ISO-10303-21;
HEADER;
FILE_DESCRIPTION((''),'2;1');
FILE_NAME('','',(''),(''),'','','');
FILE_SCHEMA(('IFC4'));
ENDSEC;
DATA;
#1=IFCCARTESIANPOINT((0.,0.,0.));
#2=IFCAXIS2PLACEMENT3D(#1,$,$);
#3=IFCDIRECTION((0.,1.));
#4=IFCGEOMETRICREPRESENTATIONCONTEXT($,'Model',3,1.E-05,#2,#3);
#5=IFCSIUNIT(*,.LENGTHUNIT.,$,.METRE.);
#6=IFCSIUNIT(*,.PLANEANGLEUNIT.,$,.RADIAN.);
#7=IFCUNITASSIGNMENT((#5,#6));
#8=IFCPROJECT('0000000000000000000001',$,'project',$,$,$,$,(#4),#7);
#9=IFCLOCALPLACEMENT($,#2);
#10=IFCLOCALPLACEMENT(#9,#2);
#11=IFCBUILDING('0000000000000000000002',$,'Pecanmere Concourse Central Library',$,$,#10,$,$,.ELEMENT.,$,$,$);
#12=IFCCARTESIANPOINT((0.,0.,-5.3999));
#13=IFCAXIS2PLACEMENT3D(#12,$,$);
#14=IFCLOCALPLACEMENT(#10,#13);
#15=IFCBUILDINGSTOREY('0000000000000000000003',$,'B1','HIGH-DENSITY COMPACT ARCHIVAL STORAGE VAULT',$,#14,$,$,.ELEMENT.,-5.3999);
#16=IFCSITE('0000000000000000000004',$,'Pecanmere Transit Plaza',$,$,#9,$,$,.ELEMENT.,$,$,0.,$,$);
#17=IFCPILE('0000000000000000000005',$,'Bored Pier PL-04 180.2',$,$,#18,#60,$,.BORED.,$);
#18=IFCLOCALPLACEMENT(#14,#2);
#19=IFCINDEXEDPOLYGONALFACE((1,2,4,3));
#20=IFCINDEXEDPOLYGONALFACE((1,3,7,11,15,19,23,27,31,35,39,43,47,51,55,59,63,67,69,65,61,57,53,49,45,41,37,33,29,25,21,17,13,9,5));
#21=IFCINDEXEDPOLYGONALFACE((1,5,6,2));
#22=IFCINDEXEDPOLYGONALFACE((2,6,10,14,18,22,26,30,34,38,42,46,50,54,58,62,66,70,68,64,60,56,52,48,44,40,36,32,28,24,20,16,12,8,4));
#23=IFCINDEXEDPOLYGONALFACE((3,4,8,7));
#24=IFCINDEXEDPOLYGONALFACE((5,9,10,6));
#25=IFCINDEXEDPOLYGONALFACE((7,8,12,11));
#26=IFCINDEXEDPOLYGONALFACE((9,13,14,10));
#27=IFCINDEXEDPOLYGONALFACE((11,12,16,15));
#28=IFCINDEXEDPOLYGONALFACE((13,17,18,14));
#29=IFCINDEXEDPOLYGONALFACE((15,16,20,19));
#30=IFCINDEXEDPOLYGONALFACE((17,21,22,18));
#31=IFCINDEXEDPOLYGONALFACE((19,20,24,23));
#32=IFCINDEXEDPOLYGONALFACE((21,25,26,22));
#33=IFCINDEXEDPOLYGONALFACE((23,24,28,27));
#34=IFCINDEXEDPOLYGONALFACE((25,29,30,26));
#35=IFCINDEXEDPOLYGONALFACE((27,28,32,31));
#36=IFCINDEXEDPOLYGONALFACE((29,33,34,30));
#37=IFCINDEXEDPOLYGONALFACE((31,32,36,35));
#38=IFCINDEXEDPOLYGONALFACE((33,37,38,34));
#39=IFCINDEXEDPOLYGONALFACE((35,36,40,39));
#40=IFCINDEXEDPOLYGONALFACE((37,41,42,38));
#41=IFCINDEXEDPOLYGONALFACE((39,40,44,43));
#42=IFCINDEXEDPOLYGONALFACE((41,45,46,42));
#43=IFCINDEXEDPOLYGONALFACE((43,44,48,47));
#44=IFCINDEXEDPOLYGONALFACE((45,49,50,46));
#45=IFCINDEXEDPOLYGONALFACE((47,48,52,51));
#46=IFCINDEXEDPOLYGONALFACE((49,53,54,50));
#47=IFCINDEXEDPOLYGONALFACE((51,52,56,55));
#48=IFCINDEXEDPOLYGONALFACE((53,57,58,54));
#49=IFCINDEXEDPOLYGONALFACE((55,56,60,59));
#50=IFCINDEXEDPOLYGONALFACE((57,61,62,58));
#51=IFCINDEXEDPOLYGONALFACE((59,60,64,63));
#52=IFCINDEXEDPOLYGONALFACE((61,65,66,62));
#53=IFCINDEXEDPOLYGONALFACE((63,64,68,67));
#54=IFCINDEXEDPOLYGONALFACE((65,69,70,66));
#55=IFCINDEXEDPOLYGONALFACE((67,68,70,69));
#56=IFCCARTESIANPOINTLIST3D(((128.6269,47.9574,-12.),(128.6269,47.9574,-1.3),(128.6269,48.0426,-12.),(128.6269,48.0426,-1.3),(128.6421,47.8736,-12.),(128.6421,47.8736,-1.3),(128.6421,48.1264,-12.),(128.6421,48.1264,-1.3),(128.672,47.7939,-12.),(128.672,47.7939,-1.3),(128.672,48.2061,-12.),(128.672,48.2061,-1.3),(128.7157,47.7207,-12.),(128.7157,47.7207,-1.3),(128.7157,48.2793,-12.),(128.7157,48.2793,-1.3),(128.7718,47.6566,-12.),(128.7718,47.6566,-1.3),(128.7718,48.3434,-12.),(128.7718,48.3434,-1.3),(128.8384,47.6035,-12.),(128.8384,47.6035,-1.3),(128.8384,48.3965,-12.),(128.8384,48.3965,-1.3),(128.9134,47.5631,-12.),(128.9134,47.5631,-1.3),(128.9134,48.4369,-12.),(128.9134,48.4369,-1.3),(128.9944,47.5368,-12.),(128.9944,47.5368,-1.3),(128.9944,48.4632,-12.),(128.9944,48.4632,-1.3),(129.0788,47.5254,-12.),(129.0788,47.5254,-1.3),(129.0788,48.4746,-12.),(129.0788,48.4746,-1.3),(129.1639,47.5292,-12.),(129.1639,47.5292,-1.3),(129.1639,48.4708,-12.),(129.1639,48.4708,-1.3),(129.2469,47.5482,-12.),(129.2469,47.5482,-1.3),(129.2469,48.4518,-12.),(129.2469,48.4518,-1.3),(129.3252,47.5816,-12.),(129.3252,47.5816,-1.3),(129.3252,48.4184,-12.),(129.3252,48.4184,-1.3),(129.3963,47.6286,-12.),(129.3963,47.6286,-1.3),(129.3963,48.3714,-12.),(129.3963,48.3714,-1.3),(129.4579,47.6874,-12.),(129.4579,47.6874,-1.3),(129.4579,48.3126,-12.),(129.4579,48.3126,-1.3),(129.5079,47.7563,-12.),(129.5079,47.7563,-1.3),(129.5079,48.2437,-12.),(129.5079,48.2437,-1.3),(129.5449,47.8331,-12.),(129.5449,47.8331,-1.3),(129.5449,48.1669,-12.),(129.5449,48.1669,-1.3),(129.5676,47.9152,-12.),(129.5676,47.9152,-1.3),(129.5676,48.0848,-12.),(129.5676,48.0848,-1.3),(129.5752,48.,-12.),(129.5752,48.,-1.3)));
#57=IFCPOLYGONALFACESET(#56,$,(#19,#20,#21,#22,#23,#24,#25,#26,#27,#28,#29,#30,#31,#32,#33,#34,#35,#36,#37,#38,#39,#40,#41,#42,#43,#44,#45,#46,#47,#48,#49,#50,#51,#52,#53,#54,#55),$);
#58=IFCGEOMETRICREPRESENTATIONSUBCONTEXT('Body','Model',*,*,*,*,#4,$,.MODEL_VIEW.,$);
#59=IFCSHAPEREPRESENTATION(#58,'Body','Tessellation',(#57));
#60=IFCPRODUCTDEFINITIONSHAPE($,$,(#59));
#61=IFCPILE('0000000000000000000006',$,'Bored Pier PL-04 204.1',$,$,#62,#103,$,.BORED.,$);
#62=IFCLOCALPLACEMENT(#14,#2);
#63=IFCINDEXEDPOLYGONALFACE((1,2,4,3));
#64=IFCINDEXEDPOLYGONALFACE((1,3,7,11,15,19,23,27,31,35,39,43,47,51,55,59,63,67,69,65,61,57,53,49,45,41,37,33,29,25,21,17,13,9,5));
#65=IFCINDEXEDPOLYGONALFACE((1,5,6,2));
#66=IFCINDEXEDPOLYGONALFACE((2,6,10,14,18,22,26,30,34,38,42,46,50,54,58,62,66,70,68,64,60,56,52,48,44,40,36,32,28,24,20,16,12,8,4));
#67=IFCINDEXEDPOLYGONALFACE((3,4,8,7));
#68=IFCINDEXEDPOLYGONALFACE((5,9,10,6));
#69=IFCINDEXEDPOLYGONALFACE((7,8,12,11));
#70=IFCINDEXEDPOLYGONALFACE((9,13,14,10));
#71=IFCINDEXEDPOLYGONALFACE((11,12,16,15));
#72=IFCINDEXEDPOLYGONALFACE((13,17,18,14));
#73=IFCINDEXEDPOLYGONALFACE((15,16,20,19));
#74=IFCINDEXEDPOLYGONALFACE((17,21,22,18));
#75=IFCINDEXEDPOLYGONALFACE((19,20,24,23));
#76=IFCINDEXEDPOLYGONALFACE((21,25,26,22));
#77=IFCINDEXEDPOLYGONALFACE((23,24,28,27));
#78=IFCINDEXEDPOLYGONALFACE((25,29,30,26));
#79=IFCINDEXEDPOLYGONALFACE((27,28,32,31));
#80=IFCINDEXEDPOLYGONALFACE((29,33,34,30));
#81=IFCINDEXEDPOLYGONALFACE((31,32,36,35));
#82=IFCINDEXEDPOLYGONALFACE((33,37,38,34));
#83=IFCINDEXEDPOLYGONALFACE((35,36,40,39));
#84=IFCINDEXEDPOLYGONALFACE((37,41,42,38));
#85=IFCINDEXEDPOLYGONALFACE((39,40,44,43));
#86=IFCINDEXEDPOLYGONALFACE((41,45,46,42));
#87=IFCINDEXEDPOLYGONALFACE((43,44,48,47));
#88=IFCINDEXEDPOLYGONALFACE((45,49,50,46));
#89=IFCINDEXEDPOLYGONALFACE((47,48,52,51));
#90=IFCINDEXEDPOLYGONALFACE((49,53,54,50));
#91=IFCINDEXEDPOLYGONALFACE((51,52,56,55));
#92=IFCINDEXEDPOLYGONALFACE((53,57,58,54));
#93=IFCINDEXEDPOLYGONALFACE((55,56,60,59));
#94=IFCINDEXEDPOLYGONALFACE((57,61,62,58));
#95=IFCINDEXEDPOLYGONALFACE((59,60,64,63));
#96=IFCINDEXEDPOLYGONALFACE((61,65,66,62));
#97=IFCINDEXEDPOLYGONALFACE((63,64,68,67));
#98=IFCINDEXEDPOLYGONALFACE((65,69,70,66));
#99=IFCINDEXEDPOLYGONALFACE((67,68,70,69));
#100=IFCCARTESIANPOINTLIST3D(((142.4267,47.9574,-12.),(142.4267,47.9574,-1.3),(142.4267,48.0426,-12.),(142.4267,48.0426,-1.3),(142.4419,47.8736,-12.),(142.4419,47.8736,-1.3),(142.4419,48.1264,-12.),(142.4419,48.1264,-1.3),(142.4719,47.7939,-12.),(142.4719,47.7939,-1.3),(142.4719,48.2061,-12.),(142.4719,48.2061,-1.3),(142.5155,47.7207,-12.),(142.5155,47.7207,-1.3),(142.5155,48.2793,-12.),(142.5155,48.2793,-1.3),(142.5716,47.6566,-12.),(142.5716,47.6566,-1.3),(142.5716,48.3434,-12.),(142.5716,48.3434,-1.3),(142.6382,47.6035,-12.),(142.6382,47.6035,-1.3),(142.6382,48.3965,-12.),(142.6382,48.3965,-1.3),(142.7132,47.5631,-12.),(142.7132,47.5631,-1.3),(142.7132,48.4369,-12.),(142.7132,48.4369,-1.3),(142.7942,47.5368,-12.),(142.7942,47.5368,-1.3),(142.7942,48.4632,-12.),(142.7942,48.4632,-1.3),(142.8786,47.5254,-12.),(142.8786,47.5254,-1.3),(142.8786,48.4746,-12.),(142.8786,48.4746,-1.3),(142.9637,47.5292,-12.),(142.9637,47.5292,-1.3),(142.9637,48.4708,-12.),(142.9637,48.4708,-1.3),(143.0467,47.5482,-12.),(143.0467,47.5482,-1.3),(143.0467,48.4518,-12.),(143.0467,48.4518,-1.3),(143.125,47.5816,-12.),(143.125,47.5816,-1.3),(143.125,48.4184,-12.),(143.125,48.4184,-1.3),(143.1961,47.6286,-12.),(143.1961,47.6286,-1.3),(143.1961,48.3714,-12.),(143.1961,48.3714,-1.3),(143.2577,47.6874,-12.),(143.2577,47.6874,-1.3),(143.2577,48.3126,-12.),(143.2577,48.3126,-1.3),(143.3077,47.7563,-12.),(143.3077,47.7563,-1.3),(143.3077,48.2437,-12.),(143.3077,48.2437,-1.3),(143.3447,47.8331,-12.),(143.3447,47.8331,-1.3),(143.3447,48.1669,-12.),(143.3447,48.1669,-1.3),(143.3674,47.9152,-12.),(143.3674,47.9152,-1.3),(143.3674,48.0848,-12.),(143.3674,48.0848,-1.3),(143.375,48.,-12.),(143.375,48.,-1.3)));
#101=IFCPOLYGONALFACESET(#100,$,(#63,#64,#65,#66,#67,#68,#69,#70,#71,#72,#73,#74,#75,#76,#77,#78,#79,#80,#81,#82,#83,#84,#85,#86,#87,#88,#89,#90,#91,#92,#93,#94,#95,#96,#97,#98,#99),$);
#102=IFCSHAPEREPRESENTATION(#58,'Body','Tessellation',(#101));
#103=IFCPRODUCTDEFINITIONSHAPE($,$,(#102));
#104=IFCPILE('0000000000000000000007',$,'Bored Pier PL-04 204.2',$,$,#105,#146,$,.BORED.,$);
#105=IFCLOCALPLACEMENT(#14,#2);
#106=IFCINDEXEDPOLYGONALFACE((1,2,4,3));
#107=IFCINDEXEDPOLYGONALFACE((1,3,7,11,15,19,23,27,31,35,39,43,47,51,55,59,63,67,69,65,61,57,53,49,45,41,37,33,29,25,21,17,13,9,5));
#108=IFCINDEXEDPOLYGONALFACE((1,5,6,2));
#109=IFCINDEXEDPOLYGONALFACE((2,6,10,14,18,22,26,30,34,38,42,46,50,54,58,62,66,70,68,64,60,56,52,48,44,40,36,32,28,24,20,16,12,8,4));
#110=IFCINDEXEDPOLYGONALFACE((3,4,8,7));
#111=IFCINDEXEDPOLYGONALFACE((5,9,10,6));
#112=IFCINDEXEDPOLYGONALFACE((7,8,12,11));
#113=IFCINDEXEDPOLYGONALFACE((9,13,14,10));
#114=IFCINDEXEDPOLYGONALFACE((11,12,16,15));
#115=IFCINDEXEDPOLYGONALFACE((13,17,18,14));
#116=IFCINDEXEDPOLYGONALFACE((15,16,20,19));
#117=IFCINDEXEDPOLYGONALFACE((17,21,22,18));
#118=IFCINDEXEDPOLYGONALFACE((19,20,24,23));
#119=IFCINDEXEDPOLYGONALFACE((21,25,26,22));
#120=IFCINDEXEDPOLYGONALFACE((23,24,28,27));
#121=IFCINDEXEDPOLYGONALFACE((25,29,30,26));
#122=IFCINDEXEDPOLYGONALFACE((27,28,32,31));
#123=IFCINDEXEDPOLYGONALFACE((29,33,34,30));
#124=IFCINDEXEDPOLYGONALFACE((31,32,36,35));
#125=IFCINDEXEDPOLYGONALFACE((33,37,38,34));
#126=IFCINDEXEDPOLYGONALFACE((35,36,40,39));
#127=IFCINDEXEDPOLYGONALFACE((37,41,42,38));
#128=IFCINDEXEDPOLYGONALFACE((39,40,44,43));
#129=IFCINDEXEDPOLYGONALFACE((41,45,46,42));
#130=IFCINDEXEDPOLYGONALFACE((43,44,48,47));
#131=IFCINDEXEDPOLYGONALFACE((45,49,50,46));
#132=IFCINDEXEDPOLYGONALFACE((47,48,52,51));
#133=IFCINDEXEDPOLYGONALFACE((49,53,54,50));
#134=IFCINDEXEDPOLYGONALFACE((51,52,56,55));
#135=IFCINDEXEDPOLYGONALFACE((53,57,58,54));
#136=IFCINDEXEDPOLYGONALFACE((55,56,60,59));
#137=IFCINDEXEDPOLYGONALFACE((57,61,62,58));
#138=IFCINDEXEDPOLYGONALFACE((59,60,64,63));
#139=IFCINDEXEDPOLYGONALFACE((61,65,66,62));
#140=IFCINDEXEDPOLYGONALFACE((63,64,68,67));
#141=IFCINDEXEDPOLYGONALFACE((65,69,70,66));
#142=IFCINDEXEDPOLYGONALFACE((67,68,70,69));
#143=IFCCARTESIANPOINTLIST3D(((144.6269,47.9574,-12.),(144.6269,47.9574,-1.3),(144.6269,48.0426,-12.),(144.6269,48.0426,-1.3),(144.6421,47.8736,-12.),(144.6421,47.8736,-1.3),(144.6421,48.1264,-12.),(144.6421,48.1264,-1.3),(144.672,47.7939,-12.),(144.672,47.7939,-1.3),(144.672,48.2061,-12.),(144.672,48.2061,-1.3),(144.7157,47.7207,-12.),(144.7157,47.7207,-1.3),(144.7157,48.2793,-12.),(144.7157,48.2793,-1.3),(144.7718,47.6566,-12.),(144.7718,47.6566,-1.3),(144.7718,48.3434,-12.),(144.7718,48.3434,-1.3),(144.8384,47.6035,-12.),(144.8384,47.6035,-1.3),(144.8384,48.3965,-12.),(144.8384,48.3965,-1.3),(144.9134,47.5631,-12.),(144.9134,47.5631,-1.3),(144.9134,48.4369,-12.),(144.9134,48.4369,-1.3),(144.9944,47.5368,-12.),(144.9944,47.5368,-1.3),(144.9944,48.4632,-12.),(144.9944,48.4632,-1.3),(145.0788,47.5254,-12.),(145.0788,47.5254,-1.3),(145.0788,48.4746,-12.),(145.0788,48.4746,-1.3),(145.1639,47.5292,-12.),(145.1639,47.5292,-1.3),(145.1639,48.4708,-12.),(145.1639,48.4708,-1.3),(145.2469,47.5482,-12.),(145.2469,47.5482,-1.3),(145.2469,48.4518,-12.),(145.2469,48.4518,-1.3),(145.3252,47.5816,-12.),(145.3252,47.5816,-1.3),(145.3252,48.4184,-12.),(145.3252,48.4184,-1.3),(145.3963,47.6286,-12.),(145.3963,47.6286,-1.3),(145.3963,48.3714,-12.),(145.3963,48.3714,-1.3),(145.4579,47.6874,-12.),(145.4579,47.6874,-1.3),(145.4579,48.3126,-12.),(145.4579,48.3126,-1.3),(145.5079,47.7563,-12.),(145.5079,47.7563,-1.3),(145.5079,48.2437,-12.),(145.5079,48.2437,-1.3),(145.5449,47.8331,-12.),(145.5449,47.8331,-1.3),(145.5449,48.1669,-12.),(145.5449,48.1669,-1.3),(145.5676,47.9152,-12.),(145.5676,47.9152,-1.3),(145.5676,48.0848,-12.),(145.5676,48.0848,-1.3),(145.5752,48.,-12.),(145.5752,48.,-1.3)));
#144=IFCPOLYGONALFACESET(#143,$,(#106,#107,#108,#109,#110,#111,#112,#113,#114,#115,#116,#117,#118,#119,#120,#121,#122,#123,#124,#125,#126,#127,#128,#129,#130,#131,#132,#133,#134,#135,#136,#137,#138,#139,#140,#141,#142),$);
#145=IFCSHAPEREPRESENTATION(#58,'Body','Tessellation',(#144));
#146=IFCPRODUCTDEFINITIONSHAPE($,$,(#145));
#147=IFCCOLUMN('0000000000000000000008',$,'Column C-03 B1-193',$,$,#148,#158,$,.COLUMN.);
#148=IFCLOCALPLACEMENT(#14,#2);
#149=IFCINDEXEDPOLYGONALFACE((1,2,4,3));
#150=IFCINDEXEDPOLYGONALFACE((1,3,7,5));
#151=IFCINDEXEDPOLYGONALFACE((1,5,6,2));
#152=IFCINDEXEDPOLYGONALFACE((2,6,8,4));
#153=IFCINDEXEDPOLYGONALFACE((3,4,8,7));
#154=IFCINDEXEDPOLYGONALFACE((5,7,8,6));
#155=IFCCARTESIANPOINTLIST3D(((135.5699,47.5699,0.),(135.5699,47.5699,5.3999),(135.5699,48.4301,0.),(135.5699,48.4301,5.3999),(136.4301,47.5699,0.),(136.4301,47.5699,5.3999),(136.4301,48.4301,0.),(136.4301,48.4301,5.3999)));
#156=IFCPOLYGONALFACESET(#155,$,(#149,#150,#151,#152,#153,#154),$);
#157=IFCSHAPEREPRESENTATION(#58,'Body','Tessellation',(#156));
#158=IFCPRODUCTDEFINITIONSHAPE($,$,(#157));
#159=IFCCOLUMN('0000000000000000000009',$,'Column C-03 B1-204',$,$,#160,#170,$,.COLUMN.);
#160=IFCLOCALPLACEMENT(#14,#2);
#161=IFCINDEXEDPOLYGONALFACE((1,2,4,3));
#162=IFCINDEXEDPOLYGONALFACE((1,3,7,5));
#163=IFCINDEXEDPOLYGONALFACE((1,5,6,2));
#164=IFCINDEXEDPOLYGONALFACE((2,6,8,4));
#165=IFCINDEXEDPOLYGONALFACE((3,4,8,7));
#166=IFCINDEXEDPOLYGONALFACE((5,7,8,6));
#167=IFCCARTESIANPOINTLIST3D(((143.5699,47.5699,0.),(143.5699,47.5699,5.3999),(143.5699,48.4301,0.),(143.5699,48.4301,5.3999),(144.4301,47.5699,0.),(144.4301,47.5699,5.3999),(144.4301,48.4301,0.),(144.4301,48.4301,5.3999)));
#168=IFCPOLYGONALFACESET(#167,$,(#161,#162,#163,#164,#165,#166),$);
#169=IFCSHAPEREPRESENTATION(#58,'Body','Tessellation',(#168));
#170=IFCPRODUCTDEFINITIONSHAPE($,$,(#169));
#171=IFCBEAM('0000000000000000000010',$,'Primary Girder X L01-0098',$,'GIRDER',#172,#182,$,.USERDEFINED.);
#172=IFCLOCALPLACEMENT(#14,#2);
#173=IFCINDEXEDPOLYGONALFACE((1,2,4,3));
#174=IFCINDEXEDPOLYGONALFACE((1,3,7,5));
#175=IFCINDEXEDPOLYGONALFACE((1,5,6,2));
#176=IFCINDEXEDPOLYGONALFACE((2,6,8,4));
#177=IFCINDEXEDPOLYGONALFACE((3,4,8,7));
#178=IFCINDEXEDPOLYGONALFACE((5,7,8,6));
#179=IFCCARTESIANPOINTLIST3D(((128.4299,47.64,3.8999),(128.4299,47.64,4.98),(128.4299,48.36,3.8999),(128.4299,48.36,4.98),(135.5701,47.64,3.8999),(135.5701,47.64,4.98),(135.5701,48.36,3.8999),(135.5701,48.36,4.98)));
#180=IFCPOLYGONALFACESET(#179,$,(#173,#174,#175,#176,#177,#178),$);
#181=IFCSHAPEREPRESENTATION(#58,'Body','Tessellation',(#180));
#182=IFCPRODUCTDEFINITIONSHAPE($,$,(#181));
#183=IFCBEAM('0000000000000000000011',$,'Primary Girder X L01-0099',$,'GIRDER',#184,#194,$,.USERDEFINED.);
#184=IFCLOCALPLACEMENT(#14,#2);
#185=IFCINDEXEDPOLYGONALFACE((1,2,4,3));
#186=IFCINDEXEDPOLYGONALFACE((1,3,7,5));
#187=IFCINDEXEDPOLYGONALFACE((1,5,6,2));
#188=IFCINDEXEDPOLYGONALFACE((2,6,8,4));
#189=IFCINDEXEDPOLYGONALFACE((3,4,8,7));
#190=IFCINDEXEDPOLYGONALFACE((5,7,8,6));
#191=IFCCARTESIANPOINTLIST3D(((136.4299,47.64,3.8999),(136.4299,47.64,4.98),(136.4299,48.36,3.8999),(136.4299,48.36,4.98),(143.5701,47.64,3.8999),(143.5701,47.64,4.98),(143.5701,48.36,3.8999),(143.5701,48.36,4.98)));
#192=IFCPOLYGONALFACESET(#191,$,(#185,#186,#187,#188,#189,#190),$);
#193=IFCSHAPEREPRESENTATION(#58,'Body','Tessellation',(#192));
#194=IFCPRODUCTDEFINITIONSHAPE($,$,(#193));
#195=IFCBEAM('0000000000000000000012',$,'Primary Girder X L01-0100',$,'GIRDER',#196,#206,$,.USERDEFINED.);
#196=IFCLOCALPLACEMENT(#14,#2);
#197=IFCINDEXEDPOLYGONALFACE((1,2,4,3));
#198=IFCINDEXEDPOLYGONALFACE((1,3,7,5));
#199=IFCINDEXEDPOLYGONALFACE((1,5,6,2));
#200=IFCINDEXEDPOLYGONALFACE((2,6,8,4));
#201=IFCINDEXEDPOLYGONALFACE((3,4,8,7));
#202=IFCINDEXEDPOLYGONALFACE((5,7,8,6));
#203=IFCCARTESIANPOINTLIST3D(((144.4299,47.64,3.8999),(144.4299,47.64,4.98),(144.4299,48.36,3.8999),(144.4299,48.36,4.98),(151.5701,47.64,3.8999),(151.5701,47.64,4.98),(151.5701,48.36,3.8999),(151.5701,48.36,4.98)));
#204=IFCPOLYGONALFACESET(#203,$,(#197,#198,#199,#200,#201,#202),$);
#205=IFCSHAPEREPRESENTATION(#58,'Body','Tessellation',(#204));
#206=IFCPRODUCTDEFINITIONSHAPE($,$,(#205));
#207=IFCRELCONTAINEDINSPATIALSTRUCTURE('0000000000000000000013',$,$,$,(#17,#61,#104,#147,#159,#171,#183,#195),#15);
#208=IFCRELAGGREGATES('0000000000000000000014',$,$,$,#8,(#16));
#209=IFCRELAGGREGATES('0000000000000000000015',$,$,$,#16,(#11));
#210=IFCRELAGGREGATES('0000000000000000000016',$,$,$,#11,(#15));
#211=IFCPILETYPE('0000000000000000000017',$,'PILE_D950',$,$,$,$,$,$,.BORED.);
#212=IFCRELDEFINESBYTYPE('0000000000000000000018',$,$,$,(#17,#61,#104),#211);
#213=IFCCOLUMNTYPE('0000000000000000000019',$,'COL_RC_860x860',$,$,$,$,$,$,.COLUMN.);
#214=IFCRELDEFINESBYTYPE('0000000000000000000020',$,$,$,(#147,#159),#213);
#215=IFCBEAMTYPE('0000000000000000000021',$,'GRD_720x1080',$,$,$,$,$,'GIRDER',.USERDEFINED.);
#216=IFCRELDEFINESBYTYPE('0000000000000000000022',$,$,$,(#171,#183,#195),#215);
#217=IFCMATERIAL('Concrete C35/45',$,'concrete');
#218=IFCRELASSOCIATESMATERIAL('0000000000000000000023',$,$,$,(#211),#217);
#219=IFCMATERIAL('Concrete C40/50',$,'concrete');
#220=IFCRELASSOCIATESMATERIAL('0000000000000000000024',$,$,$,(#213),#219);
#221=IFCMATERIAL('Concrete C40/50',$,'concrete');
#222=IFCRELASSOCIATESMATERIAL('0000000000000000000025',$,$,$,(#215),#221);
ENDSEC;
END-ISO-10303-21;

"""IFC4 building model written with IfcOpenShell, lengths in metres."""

from ifc_helpers import new_model, si_unit, direction, frame, origin, origin_2d, place, context, subcontext, project, spatial, rectangle, circle, extrude, material, material_profile, profile_set, type_object, element, save


model = new_model("IFC4")

# Units and contexts
model_context = context("Model", 3, precision=1e-05, world=origin(), true_north=direction((0.0, 1.0)))
body_context = subcontext(model_context, "Body", "Model", "MODEL_VIEW")
ifc_project = project(units=[si_unit("LENGTHUNIT", "METRE"), si_unit("PLANEANGLEUNIT", "RADIAN")], contexts=[model_context])

# Site, building, storey
site_placement = place(None, origin())
site = spatial("IfcSite", under=ifc_project, at=site_placement, Name="Pecanmere Transit Plaza", CompositionType="ELEMENT", RefElevation=0.0)
building_placement = place(site_placement, origin())
building = spatial("IfcBuilding", under=site, at=building_placement, Name="Pecanmere Concourse Central Library", CompositionType="ELEMENT")
storey_placement = place(building_placement, frame((0.0, 0.0, -5.3999)))
storey = spatial("IfcBuildingStorey", under=building, at=storey_placement, Name="B1", Description="HIGH-DENSITY COMPACT ARCHIVAL STORAGE VAULT", CompositionType="ELEMENT", Elevation=-5.3999)

# Piles
ifc_material_1 = material(Name="Concrete C35/45", Category="concrete")
ifc_material_profile_1 = material_profile(ifc_material_1, circle(Radius=0.4751, at=origin_2d()), Name="PIER D950")
ifc_profile_set_1 = profile_set([ifc_material_profile_1], Name="Concrete C35/45")
pile_type_1 = type_object("IfcPileType", Name="PILE_D950", PredefinedType="BORED", material=ifc_profile_set_1)
for number, where, z_axis, x_axis, name in (
    (1, (129.1001, 48.0, -1.3), (0.0, 0.0, -1.0), (1.0, 0.0, 0.0), "Bored Pier PL-04 180.2"),
    (2, (142.8999, 48.0, -1.3), (0.0, 0.0, -1.0), (1.0, 0.0, 0.0), "Bored Pier PL-04 204.1"),
    (3, (145.1001, 48.0, -1.3), (0.0, 0.0, -1.0), (1.0, 0.0, 0.0), "Bored Pier PL-04 204.2"),
):
    element("IfcPile", number, at=place(storey_placement, frame(where, z_axis=z_axis, x_axis=x_axis)), inside=storey, type_object=pile_type_1, Name=name, PredefinedType="BORED", context=body_context, shape_type="SweptSolid", body=[
        extrude(circle(Radius=0.4751, at=origin_2d()), origin(), (0.0, 0.0, 1.0), 10.7),
    ])

# Columns
ifc_material_2 = material(Name="Concrete C40/50", Category="concrete")
ifc_material_profile_2 = material_profile(ifc_material_2, rectangle(XDim=0.8601, YDim=0.8601, at=origin_2d()), Name="RC 860x860")
ifc_profile_set_2 = profile_set([ifc_material_profile_2], Name="Concrete C40/50")
column_type = type_object("IfcColumnType", Name="COL_RC_860x860", PredefinedType="COLUMN", material=ifc_profile_set_2)
for number, where, z_axis, x_axis, name in (
    (4, (136.0, 48.0, 0.0), (0.0, 0.0, 1.0), (1.0, 0.0, 0.0), "Column C-03 B1-193"),
    (5, (144.0, 48.0, 0.0), (0.0, 0.0, 1.0), (1.0, 0.0, 0.0), "Column C-03 B1-204"),
):
    element("IfcColumn", number, at=place(storey_placement, frame(where, z_axis=z_axis, x_axis=x_axis)), inside=storey, type_object=column_type, Name=name, PredefinedType="COLUMN", context=body_context, shape_type="SweptSolid", body=[
        extrude(rectangle(XDim=0.8601, YDim=0.8601, at=origin_2d()), origin(), (0.0, 0.0, 1.0), 5.3999),
    ])

# Beams
ifc_material_3 = material(Name="Concrete C40/50", Category="concrete")
ifc_material_profile_3 = material_profile(ifc_material_3, rectangle(XDim=0.72, YDim=1.0801, at=origin_2d()), Name="RC 720x1080")
ifc_profile_set_3 = profile_set([ifc_material_profile_3], Name="Concrete C40/50")
beam_type_1 = type_object("IfcBeamType", Name="GRD_720x1080", ElementType="GIRDER", PredefinedType="USERDEFINED", material=ifc_profile_set_3)
for number, where, z_axis, x_axis, name in (
    (6, (128.4299, 48.0, 4.4399), (1.0, 0.0, 0.0), (0.0, 1.0, 0.0), "Primary Girder X L01-0098"),
    (7, (136.4299, 48.0, 4.4399), (1.0, 0.0, 0.0), (0.0, 1.0, 0.0), "Primary Girder X L01-0099"),
    (8, (144.4299, 48.0, 4.4399), (1.0, 0.0, 0.0), (0.0, 1.0, 0.0), "Primary Girder X L01-0100"),
):
    element("IfcBeam", number, at=place(storey_placement, frame(where, z_axis=z_axis, x_axis=x_axis)), inside=storey, type_object=beam_type_1, Name=name, ObjectType="GIRDER", PredefinedType="USERDEFINED", context=body_context, shape_type="SweptSolid", body=[
        extrude(rectangle(XDim=0.72, YDim=1.0801, at=origin_2d()), origin(), (0.0, 0.0, 1.0), 7.1401),
    ])

save(model, "model.ifc")
